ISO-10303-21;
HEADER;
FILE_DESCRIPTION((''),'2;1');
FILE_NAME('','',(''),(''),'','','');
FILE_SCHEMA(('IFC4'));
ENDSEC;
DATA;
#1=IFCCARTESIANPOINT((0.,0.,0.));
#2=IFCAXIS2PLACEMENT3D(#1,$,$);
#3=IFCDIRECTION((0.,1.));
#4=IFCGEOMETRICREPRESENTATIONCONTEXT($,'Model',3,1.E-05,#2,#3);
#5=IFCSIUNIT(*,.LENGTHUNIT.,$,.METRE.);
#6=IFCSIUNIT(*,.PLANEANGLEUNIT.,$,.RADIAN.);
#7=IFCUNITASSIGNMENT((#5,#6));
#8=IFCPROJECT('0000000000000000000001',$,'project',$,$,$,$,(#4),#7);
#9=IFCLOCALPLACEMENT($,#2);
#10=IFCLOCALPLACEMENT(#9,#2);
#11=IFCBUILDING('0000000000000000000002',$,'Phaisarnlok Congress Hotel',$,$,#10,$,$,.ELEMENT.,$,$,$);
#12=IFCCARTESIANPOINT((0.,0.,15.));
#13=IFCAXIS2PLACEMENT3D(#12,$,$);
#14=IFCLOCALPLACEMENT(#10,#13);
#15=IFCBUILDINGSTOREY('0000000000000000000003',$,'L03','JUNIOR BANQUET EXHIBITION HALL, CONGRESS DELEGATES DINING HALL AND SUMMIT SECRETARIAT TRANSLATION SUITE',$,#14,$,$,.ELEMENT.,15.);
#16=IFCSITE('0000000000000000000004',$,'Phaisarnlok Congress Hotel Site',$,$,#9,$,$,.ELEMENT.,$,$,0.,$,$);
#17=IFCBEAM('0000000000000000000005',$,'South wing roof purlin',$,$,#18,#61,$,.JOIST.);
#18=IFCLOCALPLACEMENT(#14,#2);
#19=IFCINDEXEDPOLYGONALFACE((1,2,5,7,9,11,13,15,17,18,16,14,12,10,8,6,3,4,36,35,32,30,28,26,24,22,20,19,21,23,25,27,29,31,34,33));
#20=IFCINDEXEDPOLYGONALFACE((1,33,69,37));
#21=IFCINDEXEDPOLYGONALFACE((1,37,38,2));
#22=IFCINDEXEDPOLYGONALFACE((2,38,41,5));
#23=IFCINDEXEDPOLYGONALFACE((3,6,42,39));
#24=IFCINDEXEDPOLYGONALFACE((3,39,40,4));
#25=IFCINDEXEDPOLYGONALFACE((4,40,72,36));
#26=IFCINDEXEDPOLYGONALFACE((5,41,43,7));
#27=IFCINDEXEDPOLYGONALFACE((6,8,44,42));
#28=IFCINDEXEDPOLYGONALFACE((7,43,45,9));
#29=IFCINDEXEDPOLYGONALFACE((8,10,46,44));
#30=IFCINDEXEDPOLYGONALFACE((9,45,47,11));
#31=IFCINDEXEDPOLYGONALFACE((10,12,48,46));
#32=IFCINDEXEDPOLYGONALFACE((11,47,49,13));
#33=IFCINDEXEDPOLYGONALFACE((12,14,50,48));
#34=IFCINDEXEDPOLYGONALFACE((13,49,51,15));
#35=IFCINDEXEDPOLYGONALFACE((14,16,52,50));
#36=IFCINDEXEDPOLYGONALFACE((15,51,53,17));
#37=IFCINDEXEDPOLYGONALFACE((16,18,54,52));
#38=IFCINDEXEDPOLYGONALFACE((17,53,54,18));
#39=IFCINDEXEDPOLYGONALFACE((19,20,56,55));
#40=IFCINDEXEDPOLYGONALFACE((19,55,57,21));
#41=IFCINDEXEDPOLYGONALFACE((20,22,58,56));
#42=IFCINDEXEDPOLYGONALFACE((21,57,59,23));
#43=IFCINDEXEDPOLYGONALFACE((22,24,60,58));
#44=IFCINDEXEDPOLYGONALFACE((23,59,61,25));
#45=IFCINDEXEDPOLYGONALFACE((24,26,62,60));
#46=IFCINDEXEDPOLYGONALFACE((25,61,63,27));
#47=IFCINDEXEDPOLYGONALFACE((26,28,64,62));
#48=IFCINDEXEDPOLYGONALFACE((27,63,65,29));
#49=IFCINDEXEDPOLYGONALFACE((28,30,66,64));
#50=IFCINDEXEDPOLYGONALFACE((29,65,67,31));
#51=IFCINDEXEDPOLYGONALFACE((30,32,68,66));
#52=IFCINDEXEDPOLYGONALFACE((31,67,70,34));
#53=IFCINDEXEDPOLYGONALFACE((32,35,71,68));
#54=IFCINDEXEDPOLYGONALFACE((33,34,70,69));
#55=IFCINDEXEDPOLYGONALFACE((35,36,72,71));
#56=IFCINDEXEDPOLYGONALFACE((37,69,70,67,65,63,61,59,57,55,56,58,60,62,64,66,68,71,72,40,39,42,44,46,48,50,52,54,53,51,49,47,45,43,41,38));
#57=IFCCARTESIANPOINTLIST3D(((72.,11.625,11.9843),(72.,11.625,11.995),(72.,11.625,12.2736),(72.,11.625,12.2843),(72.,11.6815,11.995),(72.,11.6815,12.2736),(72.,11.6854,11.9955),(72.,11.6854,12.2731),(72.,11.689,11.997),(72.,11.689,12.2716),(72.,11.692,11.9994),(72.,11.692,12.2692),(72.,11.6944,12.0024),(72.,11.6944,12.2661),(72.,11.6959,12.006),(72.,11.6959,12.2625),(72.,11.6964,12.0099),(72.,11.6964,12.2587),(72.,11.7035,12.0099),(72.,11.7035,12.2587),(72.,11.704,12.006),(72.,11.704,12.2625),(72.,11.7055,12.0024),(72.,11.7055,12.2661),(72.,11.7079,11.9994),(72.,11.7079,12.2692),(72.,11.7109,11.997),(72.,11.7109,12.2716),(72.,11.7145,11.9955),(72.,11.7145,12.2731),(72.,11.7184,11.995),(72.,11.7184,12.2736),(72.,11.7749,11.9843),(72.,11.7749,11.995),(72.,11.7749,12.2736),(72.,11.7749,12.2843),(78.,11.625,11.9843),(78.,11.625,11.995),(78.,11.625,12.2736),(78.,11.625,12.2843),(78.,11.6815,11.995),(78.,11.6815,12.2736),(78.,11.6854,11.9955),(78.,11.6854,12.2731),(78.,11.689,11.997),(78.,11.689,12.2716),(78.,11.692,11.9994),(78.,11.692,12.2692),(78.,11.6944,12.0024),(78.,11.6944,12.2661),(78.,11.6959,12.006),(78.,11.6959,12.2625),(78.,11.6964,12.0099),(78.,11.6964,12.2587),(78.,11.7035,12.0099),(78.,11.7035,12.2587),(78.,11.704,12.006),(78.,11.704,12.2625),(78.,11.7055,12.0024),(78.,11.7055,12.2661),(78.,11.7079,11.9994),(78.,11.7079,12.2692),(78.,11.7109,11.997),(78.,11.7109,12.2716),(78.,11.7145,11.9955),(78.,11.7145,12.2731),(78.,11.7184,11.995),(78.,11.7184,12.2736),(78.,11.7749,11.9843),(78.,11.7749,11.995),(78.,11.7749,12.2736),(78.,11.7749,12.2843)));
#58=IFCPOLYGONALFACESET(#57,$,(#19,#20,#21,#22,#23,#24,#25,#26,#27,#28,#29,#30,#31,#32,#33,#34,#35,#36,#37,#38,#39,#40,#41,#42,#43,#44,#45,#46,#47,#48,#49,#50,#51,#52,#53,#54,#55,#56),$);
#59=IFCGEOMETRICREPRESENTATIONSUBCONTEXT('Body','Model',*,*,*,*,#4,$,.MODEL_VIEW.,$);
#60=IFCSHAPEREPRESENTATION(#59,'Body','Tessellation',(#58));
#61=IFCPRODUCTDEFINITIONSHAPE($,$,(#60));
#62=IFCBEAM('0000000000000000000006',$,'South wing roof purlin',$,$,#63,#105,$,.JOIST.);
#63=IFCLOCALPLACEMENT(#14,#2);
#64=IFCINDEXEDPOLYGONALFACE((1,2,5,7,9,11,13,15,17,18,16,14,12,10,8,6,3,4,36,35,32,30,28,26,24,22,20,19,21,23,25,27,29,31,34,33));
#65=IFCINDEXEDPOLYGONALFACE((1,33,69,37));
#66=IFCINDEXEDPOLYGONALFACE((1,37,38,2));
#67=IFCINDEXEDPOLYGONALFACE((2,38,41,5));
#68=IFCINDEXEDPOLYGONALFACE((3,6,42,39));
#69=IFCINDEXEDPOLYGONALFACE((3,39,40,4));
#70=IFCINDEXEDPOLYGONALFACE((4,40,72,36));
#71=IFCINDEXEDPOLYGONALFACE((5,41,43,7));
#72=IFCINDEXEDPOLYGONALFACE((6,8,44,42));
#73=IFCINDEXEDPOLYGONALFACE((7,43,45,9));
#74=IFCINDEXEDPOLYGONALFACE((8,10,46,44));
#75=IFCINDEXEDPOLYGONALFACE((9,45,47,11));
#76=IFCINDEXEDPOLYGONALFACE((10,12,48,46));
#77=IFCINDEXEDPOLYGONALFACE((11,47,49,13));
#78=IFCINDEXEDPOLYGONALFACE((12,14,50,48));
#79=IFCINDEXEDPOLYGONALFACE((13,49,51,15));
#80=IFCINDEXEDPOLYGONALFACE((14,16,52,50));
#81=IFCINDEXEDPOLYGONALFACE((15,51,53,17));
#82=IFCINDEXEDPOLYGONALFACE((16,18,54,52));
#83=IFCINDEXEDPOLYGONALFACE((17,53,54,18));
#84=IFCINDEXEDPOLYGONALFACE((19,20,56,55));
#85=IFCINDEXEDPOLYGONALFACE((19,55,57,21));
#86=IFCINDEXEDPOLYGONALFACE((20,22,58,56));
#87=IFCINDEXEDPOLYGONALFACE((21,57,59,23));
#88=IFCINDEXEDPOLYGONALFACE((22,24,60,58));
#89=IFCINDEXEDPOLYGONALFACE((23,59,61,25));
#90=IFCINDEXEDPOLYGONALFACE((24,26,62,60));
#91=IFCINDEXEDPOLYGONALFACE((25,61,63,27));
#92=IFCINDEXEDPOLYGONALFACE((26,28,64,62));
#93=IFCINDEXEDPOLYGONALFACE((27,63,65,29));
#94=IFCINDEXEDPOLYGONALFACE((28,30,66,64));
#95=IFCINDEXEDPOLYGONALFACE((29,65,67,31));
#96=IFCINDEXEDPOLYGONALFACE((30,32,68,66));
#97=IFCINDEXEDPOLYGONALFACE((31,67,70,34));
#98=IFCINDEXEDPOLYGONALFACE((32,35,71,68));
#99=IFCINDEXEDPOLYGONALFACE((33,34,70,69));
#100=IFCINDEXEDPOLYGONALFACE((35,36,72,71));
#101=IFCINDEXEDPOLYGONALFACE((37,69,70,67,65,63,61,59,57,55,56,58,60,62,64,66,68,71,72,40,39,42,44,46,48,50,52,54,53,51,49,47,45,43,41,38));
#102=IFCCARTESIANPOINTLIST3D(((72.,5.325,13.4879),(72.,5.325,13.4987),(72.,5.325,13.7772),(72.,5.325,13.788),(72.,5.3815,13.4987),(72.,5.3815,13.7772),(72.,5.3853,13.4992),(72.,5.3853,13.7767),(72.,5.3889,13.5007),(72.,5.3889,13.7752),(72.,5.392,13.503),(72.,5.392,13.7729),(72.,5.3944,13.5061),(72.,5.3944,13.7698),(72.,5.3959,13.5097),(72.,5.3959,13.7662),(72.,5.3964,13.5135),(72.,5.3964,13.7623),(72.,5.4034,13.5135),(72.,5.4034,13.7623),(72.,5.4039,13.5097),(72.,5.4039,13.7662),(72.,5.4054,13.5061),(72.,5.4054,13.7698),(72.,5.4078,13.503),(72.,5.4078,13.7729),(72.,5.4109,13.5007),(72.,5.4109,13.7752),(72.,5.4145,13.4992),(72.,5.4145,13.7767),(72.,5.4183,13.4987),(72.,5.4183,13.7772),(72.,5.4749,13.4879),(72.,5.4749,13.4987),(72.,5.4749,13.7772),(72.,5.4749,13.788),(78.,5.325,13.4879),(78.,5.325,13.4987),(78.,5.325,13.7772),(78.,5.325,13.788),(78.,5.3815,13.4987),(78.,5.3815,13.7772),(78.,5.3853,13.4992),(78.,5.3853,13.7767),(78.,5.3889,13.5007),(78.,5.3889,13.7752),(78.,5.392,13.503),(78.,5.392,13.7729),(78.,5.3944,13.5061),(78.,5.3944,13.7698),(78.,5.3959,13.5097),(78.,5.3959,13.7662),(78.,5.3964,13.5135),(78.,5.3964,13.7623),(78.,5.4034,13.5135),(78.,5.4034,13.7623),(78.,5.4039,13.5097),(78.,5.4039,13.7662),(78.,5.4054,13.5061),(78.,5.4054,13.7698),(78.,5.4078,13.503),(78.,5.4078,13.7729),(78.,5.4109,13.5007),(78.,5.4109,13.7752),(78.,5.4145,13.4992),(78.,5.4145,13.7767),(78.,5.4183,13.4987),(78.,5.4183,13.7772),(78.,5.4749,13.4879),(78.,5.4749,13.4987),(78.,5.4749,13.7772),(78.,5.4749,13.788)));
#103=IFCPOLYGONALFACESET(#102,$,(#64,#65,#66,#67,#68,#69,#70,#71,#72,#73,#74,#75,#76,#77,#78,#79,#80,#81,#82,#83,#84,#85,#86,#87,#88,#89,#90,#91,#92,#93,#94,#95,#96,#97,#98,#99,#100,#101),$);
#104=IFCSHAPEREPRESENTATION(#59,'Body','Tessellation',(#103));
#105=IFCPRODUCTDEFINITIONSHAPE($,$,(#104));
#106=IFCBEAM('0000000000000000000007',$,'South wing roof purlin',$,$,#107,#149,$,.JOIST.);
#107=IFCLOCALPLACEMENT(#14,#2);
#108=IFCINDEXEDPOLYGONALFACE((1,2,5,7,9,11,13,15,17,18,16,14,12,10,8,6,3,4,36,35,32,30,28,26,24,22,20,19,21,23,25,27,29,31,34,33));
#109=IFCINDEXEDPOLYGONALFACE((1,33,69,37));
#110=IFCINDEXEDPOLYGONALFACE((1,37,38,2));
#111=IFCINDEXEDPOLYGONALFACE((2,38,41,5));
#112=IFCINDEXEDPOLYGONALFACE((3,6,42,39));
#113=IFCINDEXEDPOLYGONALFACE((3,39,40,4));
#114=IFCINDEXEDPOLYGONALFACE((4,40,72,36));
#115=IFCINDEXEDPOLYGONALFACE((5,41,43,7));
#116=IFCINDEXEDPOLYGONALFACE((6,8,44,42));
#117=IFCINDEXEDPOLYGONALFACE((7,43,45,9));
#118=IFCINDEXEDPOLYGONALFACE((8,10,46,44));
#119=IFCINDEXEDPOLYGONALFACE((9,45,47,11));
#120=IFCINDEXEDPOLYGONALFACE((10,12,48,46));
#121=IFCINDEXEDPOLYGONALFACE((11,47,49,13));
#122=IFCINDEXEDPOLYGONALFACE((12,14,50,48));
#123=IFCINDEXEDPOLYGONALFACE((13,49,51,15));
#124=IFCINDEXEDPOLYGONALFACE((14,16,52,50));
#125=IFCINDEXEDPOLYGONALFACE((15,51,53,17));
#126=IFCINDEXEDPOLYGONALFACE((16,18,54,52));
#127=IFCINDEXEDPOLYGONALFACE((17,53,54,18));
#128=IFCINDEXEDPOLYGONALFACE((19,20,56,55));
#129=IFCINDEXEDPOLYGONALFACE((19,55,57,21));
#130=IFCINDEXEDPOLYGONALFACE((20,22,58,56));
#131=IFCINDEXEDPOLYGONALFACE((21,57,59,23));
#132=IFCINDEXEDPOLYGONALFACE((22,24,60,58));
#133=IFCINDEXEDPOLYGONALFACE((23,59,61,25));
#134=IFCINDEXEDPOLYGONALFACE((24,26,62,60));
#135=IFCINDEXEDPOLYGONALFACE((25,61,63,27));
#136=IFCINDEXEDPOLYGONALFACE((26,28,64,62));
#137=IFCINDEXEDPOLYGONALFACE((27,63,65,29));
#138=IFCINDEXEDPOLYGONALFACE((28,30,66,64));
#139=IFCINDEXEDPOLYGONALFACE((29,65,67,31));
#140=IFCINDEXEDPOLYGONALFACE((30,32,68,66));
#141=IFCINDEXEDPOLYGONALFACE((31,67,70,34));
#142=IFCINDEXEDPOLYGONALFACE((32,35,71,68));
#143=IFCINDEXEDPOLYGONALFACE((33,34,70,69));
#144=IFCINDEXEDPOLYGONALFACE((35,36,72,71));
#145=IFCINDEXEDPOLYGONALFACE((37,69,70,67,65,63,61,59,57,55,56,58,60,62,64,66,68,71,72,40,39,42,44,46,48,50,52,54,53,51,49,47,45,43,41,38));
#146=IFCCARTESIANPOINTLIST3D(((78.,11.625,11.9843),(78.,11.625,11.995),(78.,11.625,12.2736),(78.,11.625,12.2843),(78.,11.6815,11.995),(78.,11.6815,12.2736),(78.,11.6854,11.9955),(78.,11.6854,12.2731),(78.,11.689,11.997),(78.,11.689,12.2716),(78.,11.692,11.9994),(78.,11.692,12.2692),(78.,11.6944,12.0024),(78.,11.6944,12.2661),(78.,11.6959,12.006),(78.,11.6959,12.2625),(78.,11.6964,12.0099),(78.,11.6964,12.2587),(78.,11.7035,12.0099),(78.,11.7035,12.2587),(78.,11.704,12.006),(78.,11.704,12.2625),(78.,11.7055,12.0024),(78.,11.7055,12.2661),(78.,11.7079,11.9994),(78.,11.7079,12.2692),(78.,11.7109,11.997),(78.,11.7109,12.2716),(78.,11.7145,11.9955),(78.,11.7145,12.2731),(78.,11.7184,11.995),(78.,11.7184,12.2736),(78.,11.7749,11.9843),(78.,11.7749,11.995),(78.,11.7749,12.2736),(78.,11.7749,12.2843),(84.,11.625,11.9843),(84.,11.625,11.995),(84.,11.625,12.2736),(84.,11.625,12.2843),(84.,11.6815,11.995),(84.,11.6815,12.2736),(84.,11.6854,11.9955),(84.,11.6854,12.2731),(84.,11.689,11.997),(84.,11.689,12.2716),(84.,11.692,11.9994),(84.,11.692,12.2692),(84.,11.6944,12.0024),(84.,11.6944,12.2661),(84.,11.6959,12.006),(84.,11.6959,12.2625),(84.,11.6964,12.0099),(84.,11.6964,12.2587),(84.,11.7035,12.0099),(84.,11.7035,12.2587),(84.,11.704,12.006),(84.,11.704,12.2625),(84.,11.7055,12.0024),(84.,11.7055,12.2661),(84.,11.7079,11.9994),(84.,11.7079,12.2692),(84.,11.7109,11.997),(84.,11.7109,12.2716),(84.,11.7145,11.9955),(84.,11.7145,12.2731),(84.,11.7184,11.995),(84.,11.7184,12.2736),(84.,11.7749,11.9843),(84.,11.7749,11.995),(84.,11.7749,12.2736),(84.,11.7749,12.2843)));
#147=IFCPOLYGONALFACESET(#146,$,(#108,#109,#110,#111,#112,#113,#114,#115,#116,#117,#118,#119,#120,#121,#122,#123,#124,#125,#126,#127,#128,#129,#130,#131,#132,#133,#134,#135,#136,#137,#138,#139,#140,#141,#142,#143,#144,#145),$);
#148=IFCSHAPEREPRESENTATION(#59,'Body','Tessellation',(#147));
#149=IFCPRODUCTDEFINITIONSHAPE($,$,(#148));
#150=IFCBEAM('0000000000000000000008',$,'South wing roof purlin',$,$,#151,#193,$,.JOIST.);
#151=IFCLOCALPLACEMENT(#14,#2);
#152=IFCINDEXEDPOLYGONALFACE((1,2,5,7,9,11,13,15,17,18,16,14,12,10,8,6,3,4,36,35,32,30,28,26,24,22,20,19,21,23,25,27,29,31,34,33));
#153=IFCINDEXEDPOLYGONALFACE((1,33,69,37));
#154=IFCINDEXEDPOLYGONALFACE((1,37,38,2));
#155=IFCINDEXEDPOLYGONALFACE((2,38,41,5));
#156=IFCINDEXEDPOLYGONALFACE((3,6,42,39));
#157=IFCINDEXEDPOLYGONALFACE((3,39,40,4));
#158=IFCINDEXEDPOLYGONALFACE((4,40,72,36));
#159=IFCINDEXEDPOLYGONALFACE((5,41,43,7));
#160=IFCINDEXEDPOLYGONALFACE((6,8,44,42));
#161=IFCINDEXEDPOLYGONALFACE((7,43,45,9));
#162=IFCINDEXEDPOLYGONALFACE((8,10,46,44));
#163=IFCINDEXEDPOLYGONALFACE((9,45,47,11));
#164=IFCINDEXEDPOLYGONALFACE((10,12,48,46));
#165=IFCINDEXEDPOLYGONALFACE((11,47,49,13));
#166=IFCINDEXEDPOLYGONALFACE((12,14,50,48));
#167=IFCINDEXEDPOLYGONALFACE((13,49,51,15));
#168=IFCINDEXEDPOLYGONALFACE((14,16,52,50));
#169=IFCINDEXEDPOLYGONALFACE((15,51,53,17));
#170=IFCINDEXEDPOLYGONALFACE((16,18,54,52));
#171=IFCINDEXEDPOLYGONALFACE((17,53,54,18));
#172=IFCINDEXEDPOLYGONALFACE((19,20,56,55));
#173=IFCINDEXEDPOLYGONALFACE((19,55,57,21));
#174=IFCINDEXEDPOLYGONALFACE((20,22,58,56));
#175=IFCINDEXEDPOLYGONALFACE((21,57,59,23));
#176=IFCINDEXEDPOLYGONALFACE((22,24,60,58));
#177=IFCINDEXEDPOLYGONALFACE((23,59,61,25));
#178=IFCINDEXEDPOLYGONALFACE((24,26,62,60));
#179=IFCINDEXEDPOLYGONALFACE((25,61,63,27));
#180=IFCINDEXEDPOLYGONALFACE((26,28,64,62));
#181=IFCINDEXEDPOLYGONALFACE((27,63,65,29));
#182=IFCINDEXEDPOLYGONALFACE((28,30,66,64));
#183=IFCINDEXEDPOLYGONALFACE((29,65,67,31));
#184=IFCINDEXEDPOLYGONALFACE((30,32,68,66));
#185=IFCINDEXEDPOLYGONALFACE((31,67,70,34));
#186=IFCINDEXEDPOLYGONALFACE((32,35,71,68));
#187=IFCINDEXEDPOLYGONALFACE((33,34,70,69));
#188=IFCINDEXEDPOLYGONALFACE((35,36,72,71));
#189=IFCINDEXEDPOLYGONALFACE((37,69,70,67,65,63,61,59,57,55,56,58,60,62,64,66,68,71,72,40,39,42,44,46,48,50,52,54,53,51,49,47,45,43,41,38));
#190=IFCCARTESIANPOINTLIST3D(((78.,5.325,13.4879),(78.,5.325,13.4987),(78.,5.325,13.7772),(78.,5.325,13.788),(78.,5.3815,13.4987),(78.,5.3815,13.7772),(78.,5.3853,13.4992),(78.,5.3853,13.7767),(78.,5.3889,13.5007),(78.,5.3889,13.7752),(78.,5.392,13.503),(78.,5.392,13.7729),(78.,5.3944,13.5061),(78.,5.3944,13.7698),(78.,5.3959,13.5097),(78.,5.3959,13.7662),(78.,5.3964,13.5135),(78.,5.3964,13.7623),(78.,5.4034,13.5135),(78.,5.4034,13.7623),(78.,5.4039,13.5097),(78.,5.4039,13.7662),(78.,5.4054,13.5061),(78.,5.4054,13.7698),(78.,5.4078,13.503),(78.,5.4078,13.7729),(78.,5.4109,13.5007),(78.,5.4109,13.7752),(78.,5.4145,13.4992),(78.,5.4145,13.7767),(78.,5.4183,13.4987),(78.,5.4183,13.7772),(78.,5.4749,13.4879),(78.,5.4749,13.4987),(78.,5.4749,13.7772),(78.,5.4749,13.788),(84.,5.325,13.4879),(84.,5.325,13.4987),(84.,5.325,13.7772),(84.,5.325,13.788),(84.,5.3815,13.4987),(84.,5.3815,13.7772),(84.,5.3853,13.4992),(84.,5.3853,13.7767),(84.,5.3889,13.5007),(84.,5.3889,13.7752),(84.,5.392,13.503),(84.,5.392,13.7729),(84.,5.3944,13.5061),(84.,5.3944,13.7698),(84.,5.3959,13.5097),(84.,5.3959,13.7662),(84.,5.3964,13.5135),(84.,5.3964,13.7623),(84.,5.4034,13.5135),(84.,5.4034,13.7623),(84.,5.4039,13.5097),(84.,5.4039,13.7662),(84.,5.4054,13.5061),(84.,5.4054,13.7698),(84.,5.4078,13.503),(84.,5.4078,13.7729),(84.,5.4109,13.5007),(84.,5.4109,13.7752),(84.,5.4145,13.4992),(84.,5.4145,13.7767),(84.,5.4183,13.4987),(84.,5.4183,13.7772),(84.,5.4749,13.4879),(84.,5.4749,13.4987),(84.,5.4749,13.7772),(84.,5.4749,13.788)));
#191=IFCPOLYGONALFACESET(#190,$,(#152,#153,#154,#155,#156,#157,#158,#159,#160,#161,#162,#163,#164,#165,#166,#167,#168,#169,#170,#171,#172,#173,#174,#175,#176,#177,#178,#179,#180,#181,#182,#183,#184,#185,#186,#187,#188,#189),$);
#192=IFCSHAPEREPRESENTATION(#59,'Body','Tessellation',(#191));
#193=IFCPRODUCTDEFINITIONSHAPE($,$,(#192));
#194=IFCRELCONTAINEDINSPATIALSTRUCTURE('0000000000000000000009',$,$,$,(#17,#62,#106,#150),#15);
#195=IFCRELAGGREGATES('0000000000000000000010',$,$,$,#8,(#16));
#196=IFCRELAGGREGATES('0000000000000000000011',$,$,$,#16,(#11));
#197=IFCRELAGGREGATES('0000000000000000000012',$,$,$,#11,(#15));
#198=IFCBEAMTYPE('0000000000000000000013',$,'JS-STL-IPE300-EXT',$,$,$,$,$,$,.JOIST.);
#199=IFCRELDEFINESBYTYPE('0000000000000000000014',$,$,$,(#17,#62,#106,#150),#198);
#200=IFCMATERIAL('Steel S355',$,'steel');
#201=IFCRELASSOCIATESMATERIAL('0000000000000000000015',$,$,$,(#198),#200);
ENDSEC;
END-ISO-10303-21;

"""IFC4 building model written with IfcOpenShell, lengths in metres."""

from ifc_helpers import new_model, si_unit, direction, frame, origin, origin_2d, place, context, subcontext, project, spatial, i_section, extrude, material, material_profile, profile_set, type_object, element, save


model = new_model("IFC4")

# Units and contexts
model_context = context("Model", 3, precision=1e-05, world=origin(), true_north=direction((0.0, 1.0)))
body_context = subcontext(model_context, "Body", "Model", "MODEL_VIEW")
ifc_project = project(units=[si_unit("LENGTHUNIT", "METRE"), si_unit("PLANEANGLEUNIT", "RADIAN")], contexts=[model_context])

# Site, building, storey
site_placement = place(None, origin())
site = spatial("IfcSite", under=ifc_project, at=site_placement, Name="Phaisarnlok Congress Hotel Site", CompositionType="ELEMENT", RefElevation=0.0)
building_placement = place(site_placement, origin())
building = spatial("IfcBuilding", under=site, at=building_placement, Name="Phaisarnlok Congress Hotel", CompositionType="ELEMENT")
storey_placement = place(building_placement, frame((0.0, 0.0, 15.0)))
storey = spatial("IfcBuildingStorey", under=building, at=storey_placement, Name="L03", Description="JUNIOR BANQUET EXHIBITION HALL, CONGRESS DELEGATES DINING HALL AND SUMMIT SECRETARIAT TRANSLATION SUITE", CompositionType="ELEMENT", Elevation=15.0)

# Beams
ifc_material = material(Name="Steel S355", Category="steel")
ifc_material_profile_1 = material_profile(ifc_material, i_section(OverallWidth=0.1499, OverallDepth=0.3, WebThickness=0.0071, FlangeThickness=0.0107, FilletRadius=0.0149, at=origin_2d()), Name="IPE 300")
ifc_profile_set_1 = profile_set([ifc_material_profile_1], Name="Steel S355")
beam_type = type_object("IfcBeamType", Name="JS-STL-IPE300-EXT", PredefinedType="JOIST", material=ifc_profile_set_1)
for number, where, z_axis, x_axis, name in (
    (1, (72.0, 11.7, 12.1343), (1.0, 0.0, 0.0), (0.0, 1.0, 0.0), "South wing roof purlin"),
    (2, (72.0, 5.3999, 13.6379), (1.0, 0.0, 0.0), (0.0, 1.0, 0.0), "South wing roof purlin"),
    (3, (78.0, 11.7, 12.1343), (1.0, 0.0, 0.0), (0.0, 1.0, 0.0), "South wing roof purlin"),
    (4, (78.0, 5.3999, 13.6379), (1.0, 0.0, 0.0), (0.0, 1.0, 0.0), "South wing roof purlin"),
):
    element("IfcBeam", number, at=place(storey_placement, frame(where, z_axis=z_axis, x_axis=x_axis)), inside=storey, type_object=beam_type, Name=name, PredefinedType="JOIST", context=body_context, shape_type="SweptSolid", body=[
        extrude(i_section(OverallWidth=0.1499, OverallDepth=0.3, WebThickness=0.0071, FlangeThickness=0.0107, FilletRadius=0.0149, at=origin_2d()), origin(), (0.0, 0.0, 1.0), 6.0),
    ])

save(model, "model.ifc")
